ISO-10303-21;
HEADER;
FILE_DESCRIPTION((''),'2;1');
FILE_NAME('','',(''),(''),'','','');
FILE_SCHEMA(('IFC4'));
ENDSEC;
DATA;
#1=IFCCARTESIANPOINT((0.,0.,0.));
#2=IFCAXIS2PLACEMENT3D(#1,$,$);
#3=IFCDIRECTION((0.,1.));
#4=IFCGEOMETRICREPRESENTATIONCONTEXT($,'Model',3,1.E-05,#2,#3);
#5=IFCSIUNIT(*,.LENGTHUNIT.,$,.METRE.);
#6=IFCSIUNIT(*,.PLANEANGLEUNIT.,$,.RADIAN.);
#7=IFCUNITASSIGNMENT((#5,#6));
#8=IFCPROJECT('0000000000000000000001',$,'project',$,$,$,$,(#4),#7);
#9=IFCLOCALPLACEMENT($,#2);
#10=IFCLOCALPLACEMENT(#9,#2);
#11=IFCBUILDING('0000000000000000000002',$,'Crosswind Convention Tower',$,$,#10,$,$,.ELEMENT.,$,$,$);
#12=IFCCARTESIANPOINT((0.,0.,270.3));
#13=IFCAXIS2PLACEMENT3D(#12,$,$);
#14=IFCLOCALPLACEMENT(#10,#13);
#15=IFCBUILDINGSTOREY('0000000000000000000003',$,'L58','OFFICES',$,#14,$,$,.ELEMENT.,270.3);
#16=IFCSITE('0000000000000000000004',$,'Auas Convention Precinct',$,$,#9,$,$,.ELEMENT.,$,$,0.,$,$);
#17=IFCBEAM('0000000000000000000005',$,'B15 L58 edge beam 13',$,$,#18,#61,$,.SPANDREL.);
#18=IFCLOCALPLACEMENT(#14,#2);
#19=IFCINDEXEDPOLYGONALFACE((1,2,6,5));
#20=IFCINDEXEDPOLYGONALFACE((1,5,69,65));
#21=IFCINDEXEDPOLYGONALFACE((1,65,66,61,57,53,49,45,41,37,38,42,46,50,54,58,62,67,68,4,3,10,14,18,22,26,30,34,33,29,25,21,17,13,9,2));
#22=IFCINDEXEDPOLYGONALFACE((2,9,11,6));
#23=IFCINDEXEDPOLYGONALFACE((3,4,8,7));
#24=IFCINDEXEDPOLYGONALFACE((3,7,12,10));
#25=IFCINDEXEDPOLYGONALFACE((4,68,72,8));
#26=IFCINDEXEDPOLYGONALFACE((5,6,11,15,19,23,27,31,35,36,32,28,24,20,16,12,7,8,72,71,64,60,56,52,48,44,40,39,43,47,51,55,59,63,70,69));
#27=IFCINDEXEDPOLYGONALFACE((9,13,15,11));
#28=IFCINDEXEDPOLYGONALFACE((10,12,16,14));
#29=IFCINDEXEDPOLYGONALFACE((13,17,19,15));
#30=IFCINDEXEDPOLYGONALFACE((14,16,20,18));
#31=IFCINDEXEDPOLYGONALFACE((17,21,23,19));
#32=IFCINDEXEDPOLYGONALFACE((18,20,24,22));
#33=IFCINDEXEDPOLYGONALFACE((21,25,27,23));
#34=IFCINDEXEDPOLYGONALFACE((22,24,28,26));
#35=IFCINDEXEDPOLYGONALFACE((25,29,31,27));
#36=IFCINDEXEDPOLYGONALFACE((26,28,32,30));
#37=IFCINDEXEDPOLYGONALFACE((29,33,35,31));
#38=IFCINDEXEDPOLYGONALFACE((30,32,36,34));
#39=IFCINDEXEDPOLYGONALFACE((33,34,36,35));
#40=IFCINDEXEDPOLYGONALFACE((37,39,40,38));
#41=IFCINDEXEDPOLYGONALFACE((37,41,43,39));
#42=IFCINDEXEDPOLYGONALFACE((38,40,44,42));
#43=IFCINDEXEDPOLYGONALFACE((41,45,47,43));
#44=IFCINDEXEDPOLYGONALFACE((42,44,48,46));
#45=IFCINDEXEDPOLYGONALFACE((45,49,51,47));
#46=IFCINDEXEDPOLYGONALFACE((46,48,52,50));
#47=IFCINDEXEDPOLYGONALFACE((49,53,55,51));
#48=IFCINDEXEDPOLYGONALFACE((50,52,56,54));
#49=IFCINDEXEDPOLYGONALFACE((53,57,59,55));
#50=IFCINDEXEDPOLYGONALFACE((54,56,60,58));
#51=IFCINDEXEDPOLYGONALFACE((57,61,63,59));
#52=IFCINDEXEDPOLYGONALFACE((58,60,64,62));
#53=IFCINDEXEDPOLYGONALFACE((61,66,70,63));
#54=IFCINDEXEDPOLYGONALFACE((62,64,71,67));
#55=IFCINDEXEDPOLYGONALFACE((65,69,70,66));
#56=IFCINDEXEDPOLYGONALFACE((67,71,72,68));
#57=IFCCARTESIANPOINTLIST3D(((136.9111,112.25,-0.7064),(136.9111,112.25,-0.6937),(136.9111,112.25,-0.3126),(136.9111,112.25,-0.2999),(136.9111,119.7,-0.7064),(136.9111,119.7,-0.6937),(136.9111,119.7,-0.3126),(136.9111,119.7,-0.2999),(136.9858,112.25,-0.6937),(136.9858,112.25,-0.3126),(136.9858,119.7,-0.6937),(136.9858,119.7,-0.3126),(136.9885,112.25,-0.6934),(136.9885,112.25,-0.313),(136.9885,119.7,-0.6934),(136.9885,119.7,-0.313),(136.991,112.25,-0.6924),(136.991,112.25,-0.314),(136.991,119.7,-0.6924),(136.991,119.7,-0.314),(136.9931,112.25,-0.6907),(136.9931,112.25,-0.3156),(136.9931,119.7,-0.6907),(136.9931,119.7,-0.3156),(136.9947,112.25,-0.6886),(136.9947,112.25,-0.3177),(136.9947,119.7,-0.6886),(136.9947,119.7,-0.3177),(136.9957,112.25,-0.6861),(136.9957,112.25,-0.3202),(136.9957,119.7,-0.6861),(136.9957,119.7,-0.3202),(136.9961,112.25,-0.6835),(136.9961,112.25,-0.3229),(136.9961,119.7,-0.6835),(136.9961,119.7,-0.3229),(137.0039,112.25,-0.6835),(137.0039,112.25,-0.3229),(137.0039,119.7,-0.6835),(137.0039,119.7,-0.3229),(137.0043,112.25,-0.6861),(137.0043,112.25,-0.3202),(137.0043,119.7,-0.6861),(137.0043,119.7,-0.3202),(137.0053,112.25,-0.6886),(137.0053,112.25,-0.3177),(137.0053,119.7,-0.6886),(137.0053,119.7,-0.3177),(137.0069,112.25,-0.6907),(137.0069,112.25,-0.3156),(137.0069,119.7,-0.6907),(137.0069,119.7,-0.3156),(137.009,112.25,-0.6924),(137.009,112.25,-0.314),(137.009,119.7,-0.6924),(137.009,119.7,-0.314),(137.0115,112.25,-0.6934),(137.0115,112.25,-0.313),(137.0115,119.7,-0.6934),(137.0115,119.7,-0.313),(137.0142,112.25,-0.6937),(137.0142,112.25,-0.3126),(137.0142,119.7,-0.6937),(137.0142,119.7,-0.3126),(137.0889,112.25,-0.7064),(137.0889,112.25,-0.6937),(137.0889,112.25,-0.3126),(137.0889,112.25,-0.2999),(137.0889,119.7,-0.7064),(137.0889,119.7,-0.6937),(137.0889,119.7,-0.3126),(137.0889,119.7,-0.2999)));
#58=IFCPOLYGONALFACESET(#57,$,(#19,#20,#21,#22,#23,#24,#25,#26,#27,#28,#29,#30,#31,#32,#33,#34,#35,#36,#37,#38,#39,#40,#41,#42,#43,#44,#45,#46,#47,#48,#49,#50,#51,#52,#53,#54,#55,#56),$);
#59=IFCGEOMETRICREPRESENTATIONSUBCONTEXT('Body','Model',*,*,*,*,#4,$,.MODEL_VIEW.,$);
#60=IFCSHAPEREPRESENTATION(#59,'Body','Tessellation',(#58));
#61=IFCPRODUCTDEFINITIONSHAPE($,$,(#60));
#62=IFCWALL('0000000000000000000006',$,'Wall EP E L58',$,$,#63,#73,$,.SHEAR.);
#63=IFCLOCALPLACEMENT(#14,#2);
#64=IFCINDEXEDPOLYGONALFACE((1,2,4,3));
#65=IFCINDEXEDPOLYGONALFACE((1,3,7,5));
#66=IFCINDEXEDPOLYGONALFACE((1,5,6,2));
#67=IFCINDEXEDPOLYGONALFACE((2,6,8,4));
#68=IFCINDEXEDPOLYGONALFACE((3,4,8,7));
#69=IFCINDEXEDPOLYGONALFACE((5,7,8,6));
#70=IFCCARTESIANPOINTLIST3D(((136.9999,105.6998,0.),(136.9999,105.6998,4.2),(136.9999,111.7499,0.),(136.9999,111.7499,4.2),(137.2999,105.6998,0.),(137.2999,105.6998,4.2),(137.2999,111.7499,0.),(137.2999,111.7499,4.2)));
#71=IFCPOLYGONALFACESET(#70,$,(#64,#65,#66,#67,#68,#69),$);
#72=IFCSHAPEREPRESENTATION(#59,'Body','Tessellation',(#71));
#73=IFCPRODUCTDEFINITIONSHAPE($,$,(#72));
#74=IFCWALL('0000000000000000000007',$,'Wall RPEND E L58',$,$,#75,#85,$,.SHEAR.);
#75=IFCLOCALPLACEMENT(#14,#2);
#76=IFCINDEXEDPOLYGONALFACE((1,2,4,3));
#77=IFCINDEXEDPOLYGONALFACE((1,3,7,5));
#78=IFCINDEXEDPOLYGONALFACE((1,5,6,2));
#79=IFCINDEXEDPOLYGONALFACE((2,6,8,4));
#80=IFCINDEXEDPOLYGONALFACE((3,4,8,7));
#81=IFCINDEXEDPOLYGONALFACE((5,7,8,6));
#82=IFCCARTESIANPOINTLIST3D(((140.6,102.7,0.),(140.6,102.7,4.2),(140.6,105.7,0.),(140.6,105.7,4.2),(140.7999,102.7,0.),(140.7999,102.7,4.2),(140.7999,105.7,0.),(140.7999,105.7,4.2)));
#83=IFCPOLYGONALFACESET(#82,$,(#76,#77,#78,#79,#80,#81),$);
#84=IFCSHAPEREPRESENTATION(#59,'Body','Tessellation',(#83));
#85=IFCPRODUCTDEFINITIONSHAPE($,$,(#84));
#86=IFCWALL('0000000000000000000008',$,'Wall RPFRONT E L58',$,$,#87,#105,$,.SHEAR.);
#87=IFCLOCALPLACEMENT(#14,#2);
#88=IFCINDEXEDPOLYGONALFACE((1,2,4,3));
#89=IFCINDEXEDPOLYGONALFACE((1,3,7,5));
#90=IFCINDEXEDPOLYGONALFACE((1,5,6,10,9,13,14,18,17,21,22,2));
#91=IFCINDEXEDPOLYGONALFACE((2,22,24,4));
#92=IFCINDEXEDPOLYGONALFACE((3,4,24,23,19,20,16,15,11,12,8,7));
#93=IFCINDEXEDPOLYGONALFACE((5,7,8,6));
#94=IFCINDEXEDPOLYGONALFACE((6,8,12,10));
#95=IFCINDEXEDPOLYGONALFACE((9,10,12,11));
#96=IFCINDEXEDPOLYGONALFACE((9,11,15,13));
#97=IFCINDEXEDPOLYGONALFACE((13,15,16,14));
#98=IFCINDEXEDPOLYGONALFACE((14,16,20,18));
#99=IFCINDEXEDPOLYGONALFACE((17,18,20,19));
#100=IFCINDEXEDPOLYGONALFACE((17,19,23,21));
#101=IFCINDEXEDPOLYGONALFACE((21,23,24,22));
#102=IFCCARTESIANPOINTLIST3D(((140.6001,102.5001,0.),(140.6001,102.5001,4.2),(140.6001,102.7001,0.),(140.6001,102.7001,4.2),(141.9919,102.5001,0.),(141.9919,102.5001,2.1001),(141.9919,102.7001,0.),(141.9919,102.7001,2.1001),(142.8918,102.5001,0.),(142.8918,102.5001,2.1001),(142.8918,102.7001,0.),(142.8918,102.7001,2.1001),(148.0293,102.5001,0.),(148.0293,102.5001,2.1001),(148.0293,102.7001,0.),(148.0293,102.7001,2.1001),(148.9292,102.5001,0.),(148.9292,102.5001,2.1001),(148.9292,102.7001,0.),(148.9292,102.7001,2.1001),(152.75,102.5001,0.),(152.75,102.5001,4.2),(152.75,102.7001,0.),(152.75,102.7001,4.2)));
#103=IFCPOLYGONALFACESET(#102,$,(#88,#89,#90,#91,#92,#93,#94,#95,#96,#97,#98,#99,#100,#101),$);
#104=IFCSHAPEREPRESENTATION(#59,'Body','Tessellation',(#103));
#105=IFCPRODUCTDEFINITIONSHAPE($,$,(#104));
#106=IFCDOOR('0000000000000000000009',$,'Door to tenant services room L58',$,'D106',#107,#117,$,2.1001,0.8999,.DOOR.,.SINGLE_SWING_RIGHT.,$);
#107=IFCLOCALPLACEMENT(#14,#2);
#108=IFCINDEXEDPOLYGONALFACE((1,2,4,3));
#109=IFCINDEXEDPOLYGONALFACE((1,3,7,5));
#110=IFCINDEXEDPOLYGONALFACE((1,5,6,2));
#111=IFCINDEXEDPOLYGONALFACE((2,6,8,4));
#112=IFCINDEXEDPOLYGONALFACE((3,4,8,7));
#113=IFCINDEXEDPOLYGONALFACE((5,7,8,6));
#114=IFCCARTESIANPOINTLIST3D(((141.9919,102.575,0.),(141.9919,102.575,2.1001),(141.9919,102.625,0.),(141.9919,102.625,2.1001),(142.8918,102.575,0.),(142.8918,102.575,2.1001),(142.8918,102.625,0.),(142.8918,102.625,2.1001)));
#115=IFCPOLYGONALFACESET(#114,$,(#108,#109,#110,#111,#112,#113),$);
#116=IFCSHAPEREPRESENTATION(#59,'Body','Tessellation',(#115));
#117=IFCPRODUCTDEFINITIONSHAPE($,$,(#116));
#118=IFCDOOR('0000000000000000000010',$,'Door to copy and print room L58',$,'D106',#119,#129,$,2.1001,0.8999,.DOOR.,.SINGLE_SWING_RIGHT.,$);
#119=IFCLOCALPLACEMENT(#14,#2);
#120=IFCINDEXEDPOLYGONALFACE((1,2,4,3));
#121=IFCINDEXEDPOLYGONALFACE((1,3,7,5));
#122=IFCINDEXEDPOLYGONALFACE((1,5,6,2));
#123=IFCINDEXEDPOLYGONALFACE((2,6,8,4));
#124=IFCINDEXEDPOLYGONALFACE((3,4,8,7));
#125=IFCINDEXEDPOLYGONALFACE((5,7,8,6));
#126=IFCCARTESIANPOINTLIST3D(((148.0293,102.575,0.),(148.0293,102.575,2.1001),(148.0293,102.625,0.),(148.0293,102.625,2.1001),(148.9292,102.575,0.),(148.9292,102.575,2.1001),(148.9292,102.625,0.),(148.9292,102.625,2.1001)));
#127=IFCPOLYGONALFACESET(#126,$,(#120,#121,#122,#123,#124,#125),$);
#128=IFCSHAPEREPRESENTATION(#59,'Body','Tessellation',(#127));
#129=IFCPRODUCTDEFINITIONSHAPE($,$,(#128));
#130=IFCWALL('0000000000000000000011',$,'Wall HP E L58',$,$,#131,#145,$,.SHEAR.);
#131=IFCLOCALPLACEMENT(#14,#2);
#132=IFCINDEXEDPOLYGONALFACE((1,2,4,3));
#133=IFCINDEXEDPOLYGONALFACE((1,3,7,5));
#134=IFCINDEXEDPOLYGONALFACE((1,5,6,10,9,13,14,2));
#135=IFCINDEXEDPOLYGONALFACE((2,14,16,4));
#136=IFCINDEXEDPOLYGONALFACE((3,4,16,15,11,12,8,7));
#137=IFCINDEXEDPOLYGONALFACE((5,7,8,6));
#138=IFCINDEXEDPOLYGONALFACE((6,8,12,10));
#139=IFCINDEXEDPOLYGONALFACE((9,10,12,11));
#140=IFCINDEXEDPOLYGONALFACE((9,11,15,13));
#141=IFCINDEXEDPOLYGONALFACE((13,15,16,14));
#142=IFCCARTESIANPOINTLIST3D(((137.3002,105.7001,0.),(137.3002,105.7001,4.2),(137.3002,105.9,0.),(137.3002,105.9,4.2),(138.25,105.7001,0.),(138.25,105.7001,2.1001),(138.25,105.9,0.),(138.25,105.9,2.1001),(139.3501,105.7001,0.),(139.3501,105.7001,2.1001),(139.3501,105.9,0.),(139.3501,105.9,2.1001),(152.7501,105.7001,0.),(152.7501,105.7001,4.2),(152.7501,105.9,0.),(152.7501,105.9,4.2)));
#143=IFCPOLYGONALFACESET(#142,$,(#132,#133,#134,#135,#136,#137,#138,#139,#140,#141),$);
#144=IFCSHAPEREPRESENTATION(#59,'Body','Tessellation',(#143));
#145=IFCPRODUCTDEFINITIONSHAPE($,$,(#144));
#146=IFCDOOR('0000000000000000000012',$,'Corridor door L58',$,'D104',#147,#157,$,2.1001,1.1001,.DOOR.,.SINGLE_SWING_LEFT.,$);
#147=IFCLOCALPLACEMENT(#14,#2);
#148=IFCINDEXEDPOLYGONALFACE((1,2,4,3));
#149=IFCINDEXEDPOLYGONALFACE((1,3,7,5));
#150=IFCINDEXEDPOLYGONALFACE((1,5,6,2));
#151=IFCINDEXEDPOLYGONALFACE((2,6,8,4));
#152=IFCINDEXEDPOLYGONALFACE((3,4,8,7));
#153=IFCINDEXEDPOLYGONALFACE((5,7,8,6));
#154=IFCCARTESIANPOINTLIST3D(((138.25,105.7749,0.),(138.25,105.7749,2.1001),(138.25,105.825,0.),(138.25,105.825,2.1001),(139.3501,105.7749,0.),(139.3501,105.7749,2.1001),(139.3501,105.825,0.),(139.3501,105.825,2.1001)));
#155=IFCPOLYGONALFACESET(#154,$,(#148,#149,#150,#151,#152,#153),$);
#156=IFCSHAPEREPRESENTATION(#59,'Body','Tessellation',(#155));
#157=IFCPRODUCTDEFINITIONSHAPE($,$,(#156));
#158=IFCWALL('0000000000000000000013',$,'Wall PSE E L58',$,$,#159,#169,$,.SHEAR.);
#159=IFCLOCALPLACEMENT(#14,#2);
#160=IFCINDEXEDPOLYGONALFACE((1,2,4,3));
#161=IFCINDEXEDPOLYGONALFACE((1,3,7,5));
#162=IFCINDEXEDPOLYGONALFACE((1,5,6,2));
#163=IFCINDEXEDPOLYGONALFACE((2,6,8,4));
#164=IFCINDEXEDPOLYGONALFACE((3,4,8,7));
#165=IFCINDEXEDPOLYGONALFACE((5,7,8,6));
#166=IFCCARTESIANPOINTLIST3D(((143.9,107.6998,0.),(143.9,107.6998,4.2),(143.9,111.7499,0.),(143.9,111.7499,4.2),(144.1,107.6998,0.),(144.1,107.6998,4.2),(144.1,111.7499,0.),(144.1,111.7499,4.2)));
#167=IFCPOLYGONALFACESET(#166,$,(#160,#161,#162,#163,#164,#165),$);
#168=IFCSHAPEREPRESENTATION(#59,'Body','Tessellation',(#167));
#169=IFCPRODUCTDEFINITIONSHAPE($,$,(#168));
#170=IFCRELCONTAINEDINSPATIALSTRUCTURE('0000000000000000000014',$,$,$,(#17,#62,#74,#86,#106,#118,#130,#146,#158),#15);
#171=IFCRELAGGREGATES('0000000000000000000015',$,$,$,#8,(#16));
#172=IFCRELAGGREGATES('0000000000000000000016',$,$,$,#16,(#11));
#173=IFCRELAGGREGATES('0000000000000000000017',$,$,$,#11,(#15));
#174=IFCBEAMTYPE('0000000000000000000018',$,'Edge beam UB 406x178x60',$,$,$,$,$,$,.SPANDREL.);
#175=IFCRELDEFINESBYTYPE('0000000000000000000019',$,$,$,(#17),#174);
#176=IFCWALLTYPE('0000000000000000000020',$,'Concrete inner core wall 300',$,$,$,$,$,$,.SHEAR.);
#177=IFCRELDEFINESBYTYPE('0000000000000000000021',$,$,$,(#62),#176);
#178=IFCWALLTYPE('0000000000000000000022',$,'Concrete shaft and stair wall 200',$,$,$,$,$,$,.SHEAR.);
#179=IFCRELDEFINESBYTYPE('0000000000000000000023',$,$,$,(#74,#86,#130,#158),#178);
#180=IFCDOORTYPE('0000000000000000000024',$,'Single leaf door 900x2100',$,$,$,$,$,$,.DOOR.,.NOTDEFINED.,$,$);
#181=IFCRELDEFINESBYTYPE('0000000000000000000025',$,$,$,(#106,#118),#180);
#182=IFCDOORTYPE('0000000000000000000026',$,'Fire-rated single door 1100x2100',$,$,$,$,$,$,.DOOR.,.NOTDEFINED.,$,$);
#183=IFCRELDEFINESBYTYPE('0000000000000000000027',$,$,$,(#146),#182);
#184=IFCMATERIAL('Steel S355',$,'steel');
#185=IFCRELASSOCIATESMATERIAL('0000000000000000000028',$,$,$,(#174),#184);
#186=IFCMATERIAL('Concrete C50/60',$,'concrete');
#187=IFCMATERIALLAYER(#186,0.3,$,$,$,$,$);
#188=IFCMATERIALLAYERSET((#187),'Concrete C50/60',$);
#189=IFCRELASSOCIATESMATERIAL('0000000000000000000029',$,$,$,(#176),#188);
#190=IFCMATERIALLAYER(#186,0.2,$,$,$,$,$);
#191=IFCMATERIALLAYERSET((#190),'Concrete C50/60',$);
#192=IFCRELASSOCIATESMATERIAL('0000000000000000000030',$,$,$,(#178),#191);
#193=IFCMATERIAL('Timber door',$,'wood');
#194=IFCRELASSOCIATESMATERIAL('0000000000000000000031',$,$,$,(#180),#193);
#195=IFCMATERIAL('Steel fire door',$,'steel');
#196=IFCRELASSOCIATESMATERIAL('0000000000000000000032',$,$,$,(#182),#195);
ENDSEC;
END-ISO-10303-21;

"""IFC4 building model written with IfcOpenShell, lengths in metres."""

from ifc_helpers import new_model, si_unit, direction, frame, frame_2d, origin, origin_2d, place, context, subcontext, project, spatial, rectangle, i_section, extrude, material, layer, layer_set, material_profile, profile_set, type_object, element, fill, save


model = new_model("IFC4")

# Units and contexts
model_context = context("Model", 3, precision=1e-05, world=origin(), true_north=direction((0.0, 1.0)))
body_context = subcontext(model_context, "Body", "Model", "MODEL_VIEW")
ifc_project = project(units=[si_unit("LENGTHUNIT", "METRE"), si_unit("PLANEANGLEUNIT", "RADIAN")], contexts=[model_context])

# Site, building, storey
site_placement = place(None, origin())
site = spatial("IfcSite", under=ifc_project, at=site_placement, Name="Auas Convention Precinct", CompositionType="ELEMENT", RefElevation=0.0)
building_placement = place(site_placement, origin())
building = spatial("IfcBuilding", under=site, at=building_placement, Name="Crosswind Convention Tower", CompositionType="ELEMENT")
storey_placement = place(building_placement, frame((0.0, 0.0, 270.3)))
storey = spatial("IfcBuildingStorey", under=building, at=storey_placement, Name="L58", Description="OFFICES", CompositionType="ELEMENT", Elevation=270.3)

# Beam
ifc_material_1 = material(Name="Steel S355", Category="steel")
ifc_material_profile = material_profile(ifc_material_1, i_section(OverallWidth=0.1777, OverallDepth=0.4065, WebThickness=0.0078, FlangeThickness=0.0127, FilletRadius=0.0103, at=origin_2d()), Name="UB 406x178x60")
ifc_profile_set = profile_set([ifc_material_profile], Name="Steel S355")
beam_type = type_object("IfcBeamType", Name="Edge beam UB 406x178x60", PredefinedType="SPANDREL", material=ifc_profile_set)
beam_placement = place(storey_placement, frame((137.0, 112.25, -0.5032), z_axis=(0.0, 1.0, 0.0), x_axis=(-1.0, 0.0, 0.0)))
element("IfcBeam", 1, at=beam_placement, inside=storey, type_object=beam_type, Name="B15 L58 edge beam 13", PredefinedType="SPANDREL", context=body_context, shape_type="SweptSolid", body=[
    extrude(i_section(OverallWidth=0.1777, OverallDepth=0.4065, WebThickness=0.0078, FlangeThickness=0.0127, FilletRadius=0.0103, at=origin_2d()), origin(), (0.0, 0.0, 1.0), 7.45),
])

# Walls
ifc_material_2 = material(Name="Concrete C50/60", Category="concrete")
ifc_layer_1 = layer(ifc_material_2, 0.3)
ifc_layer_set_1 = layer_set([ifc_layer_1], Name="Concrete C50/60")
wall_type_1 = type_object("IfcWallType", Name="Concrete inner core wall 300", PredefinedType="SHEAR", material=ifc_layer_set_1)
wall_1_placement = place(storey_placement, frame((137.1499, 105.7, 0.0), z_axis=(0.0, 0.0, 1.0), x_axis=(0.0, 1.0, 0.0)))
element("IfcWall", 2, at=wall_1_placement, inside=storey, type_object=wall_type_1, Name="Wall EP E L58", PredefinedType="SHEAR", context=body_context, shape_type="SweptSolid", body=[
    extrude(rectangle(XDim=6.05, YDim=0.3, at=frame_2d((3.0249, 0.0))), origin(), (0.0, 0.0, 1.0), 4.2),
])
ifc_layer_2 = layer(ifc_material_2, 0.2)
ifc_layer_set_2 = layer_set([ifc_layer_2], Name="Concrete C50/60")
wall_type_2 = type_object("IfcWallType", Name="Concrete shaft and stair wall 200", PredefinedType="SHEAR", material=ifc_layer_set_2)
wall_2_placement = place(storey_placement, frame((140.7, 102.7, 0.0), z_axis=(0.0, 0.0, 1.0), x_axis=(0.0, 1.0, 0.0)))
element("IfcWall", 3, at=wall_2_placement, inside=storey, type_object=wall_type_2, Name="Wall RPEND E L58", PredefinedType="SHEAR", context=body_context, shape_type="SweptSolid", body=[
    extrude(rectangle(XDim=3.0, YDim=0.2, at=frame_2d((1.5, 0.0))), origin(), (0.0, 0.0, 1.0), 4.2),
])

# Wall, openings, doors
wall_3_placement = place(storey_placement, frame((140.6001, 102.6001, 0.0), z_axis=(0.0, 0.0, 1.0), x_axis=(1.0, 0.0, 0.0)))
wall_3 = element("IfcWall", 4, at=wall_3_placement, inside=storey, type_object=wall_type_2, Name="Wall RPFRONT E L58", PredefinedType="SHEAR", context=body_context, shape_type="SweptSolid", body=[
    extrude(rectangle(XDim=12.1499, YDim=0.2, at=frame_2d((6.075, 0.0))), origin(), (0.0, 0.0, 1.0), 4.2),
])
opening_1_placement = place(wall_3_placement, frame((1.3918, 0.0, 0.0)))
opening_1 = element("IfcOpeningElement", 5, at=opening_1_placement, cuts=wall_3, PredefinedType="OPENING", context=body_context, shape_type="SweptSolid", body=[
    extrude(rectangle(XDim=0.8999, YDim=2.1001, at=frame_2d((0.45, 1.05))), frame((0.0, 0.1099, 0.0), z_axis=(0.0, -1.0, 0.0), x_axis=(1.0, 0.0, 0.0)), (0.0, 0.0, 1.0), 0.22),
])
opening_2_placement = place(wall_3_placement, frame((7.4292, 0.0, 0.0)))
opening_2 = element("IfcOpeningElement", 6, at=opening_2_placement, cuts=wall_3, PredefinedType="OPENING", context=body_context, shape_type="SweptSolid", body=[
    extrude(rectangle(XDim=0.8999, YDim=2.1001, at=frame_2d((0.45, 1.05))), frame((0.0, 0.1099, 0.0), z_axis=(0.0, -1.0, 0.0), x_axis=(1.0, 0.0, 0.0)), (0.0, 0.0, 1.0), 0.22),
])
ifc_material_3 = material(Name="Timber door", Category="wood")
door_type_1 = type_object("IfcDoorType", Name="Single leaf door 900x2100", OperationType="NOTDEFINED", PredefinedType="DOOR", material=ifc_material_3)
door_1_placement = place(opening_1_placement, origin())
door_1 = element("IfcDoor", 7, at=door_1_placement, inside=storey, type_object=door_type_1, Name="Door to tenant services room L58", ObjectType="D106", OperationType="SINGLE_SWING_RIGHT", OverallHeight=2.1001, OverallWidth=0.8999, PredefinedType="DOOR", context=body_context, shape_type="SweptSolid", body=[
    extrude(rectangle(XDim=0.8999, YDim=2.1001, at=frame_2d((0.45, 1.05))), frame((0.0, 0.0249, 0.0), z_axis=(0.0, -1.0, 0.0), x_axis=(1.0, 0.0, 0.0)), (0.0, 0.0, 1.0), 0.05),
])
fill(opening_1, door_1)
door_2_placement = place(opening_2_placement, origin())
door_2 = element("IfcDoor", 8, at=door_2_placement, inside=storey, type_object=door_type_1, Name="Door to copy and print room L58", ObjectType="D106", OperationType="SINGLE_SWING_RIGHT", OverallHeight=2.1001, OverallWidth=0.8999, PredefinedType="DOOR", context=body_context, shape_type="SweptSolid", body=[
    extrude(rectangle(XDim=0.8999, YDim=2.1001, at=frame_2d((0.45, 1.05))), frame((0.0, 0.0249, 0.0), z_axis=(0.0, -1.0, 0.0), x_axis=(1.0, 0.0, 0.0)), (0.0, 0.0, 1.0), 0.05),
])
fill(opening_2, door_2)

# Wall, opening, door
wall_4_placement = place(storey_placement, frame((137.3, 105.8, 0.0), z_axis=(0.0, 0.0, 1.0), x_axis=(1.0, 0.0, 0.0)))
wall_4 = element("IfcWall", 9, at=wall_4_placement, inside=storey, type_object=wall_type_2, Name="Wall HP E L58", PredefinedType="SHEAR", context=body_context, shape_type="SweptSolid", body=[
    extrude(rectangle(XDim=15.45, YDim=0.2, at=frame_2d((7.7251, 0.0))), origin(), (0.0, 0.0, 1.0), 4.2),
])
opening_3_placement = place(wall_4_placement, frame((0.95, 0.0, 0.0)))
opening_3 = element("IfcOpeningElement", 10, at=opening_3_placement, cuts=wall_4, PredefinedType="OPENING", context=body_context, shape_type="SweptSolid", body=[
    extrude(rectangle(XDim=1.1001, YDim=2.1001, at=frame_2d((0.55, 1.05))), frame((0.0, 0.1099, 0.0), z_axis=(0.0, -1.0, 0.0), x_axis=(1.0, 0.0, 0.0)), (0.0, 0.0, 1.0), 0.22),
])
ifc_material_4 = material(Name="Steel fire door", Category="steel")
door_type_2 = type_object("IfcDoorType", Name="Fire-rated single door 1100x2100", OperationType="NOTDEFINED", PredefinedType="DOOR", material=ifc_material_4)
door_3_placement = place(opening_3_placement, origin())
door_3 = element("IfcDoor", 11, at=door_3_placement, inside=storey, type_object=door_type_2, Name="Corridor door L58", ObjectType="D104", OperationType="SINGLE_SWING_LEFT", OverallHeight=2.1001, OverallWidth=1.1001, PredefinedType="DOOR", context=body_context, shape_type="SweptSolid", body=[
    extrude(rectangle(XDim=1.1001, YDim=2.1001, at=frame_2d((0.55, 1.05))), frame((0.0, 0.0249, 0.0), z_axis=(0.0, -1.0, 0.0), x_axis=(1.0, 0.0, 0.0)), (0.0, 0.0, 1.0), 0.05),
])
fill(opening_3, door_3)

# Wall
wall_5_placement = place(storey_placement, frame((144.0, 107.7, 0.0), z_axis=(0.0, 0.0, 1.0), x_axis=(0.0, 1.0, 0.0)))
element("IfcWall", 12, at=wall_5_placement, inside=storey, type_object=wall_type_2, Name="Wall PSE E L58", PredefinedType="SHEAR", context=body_context, shape_type="SweptSolid", body=[
    extrude(rectangle(XDim=4.05, YDim=0.2, at=frame_2d((2.0249, 0.0))), origin(), (0.0, 0.0, 1.0), 4.2),
])

save(model, "model.ifc")
